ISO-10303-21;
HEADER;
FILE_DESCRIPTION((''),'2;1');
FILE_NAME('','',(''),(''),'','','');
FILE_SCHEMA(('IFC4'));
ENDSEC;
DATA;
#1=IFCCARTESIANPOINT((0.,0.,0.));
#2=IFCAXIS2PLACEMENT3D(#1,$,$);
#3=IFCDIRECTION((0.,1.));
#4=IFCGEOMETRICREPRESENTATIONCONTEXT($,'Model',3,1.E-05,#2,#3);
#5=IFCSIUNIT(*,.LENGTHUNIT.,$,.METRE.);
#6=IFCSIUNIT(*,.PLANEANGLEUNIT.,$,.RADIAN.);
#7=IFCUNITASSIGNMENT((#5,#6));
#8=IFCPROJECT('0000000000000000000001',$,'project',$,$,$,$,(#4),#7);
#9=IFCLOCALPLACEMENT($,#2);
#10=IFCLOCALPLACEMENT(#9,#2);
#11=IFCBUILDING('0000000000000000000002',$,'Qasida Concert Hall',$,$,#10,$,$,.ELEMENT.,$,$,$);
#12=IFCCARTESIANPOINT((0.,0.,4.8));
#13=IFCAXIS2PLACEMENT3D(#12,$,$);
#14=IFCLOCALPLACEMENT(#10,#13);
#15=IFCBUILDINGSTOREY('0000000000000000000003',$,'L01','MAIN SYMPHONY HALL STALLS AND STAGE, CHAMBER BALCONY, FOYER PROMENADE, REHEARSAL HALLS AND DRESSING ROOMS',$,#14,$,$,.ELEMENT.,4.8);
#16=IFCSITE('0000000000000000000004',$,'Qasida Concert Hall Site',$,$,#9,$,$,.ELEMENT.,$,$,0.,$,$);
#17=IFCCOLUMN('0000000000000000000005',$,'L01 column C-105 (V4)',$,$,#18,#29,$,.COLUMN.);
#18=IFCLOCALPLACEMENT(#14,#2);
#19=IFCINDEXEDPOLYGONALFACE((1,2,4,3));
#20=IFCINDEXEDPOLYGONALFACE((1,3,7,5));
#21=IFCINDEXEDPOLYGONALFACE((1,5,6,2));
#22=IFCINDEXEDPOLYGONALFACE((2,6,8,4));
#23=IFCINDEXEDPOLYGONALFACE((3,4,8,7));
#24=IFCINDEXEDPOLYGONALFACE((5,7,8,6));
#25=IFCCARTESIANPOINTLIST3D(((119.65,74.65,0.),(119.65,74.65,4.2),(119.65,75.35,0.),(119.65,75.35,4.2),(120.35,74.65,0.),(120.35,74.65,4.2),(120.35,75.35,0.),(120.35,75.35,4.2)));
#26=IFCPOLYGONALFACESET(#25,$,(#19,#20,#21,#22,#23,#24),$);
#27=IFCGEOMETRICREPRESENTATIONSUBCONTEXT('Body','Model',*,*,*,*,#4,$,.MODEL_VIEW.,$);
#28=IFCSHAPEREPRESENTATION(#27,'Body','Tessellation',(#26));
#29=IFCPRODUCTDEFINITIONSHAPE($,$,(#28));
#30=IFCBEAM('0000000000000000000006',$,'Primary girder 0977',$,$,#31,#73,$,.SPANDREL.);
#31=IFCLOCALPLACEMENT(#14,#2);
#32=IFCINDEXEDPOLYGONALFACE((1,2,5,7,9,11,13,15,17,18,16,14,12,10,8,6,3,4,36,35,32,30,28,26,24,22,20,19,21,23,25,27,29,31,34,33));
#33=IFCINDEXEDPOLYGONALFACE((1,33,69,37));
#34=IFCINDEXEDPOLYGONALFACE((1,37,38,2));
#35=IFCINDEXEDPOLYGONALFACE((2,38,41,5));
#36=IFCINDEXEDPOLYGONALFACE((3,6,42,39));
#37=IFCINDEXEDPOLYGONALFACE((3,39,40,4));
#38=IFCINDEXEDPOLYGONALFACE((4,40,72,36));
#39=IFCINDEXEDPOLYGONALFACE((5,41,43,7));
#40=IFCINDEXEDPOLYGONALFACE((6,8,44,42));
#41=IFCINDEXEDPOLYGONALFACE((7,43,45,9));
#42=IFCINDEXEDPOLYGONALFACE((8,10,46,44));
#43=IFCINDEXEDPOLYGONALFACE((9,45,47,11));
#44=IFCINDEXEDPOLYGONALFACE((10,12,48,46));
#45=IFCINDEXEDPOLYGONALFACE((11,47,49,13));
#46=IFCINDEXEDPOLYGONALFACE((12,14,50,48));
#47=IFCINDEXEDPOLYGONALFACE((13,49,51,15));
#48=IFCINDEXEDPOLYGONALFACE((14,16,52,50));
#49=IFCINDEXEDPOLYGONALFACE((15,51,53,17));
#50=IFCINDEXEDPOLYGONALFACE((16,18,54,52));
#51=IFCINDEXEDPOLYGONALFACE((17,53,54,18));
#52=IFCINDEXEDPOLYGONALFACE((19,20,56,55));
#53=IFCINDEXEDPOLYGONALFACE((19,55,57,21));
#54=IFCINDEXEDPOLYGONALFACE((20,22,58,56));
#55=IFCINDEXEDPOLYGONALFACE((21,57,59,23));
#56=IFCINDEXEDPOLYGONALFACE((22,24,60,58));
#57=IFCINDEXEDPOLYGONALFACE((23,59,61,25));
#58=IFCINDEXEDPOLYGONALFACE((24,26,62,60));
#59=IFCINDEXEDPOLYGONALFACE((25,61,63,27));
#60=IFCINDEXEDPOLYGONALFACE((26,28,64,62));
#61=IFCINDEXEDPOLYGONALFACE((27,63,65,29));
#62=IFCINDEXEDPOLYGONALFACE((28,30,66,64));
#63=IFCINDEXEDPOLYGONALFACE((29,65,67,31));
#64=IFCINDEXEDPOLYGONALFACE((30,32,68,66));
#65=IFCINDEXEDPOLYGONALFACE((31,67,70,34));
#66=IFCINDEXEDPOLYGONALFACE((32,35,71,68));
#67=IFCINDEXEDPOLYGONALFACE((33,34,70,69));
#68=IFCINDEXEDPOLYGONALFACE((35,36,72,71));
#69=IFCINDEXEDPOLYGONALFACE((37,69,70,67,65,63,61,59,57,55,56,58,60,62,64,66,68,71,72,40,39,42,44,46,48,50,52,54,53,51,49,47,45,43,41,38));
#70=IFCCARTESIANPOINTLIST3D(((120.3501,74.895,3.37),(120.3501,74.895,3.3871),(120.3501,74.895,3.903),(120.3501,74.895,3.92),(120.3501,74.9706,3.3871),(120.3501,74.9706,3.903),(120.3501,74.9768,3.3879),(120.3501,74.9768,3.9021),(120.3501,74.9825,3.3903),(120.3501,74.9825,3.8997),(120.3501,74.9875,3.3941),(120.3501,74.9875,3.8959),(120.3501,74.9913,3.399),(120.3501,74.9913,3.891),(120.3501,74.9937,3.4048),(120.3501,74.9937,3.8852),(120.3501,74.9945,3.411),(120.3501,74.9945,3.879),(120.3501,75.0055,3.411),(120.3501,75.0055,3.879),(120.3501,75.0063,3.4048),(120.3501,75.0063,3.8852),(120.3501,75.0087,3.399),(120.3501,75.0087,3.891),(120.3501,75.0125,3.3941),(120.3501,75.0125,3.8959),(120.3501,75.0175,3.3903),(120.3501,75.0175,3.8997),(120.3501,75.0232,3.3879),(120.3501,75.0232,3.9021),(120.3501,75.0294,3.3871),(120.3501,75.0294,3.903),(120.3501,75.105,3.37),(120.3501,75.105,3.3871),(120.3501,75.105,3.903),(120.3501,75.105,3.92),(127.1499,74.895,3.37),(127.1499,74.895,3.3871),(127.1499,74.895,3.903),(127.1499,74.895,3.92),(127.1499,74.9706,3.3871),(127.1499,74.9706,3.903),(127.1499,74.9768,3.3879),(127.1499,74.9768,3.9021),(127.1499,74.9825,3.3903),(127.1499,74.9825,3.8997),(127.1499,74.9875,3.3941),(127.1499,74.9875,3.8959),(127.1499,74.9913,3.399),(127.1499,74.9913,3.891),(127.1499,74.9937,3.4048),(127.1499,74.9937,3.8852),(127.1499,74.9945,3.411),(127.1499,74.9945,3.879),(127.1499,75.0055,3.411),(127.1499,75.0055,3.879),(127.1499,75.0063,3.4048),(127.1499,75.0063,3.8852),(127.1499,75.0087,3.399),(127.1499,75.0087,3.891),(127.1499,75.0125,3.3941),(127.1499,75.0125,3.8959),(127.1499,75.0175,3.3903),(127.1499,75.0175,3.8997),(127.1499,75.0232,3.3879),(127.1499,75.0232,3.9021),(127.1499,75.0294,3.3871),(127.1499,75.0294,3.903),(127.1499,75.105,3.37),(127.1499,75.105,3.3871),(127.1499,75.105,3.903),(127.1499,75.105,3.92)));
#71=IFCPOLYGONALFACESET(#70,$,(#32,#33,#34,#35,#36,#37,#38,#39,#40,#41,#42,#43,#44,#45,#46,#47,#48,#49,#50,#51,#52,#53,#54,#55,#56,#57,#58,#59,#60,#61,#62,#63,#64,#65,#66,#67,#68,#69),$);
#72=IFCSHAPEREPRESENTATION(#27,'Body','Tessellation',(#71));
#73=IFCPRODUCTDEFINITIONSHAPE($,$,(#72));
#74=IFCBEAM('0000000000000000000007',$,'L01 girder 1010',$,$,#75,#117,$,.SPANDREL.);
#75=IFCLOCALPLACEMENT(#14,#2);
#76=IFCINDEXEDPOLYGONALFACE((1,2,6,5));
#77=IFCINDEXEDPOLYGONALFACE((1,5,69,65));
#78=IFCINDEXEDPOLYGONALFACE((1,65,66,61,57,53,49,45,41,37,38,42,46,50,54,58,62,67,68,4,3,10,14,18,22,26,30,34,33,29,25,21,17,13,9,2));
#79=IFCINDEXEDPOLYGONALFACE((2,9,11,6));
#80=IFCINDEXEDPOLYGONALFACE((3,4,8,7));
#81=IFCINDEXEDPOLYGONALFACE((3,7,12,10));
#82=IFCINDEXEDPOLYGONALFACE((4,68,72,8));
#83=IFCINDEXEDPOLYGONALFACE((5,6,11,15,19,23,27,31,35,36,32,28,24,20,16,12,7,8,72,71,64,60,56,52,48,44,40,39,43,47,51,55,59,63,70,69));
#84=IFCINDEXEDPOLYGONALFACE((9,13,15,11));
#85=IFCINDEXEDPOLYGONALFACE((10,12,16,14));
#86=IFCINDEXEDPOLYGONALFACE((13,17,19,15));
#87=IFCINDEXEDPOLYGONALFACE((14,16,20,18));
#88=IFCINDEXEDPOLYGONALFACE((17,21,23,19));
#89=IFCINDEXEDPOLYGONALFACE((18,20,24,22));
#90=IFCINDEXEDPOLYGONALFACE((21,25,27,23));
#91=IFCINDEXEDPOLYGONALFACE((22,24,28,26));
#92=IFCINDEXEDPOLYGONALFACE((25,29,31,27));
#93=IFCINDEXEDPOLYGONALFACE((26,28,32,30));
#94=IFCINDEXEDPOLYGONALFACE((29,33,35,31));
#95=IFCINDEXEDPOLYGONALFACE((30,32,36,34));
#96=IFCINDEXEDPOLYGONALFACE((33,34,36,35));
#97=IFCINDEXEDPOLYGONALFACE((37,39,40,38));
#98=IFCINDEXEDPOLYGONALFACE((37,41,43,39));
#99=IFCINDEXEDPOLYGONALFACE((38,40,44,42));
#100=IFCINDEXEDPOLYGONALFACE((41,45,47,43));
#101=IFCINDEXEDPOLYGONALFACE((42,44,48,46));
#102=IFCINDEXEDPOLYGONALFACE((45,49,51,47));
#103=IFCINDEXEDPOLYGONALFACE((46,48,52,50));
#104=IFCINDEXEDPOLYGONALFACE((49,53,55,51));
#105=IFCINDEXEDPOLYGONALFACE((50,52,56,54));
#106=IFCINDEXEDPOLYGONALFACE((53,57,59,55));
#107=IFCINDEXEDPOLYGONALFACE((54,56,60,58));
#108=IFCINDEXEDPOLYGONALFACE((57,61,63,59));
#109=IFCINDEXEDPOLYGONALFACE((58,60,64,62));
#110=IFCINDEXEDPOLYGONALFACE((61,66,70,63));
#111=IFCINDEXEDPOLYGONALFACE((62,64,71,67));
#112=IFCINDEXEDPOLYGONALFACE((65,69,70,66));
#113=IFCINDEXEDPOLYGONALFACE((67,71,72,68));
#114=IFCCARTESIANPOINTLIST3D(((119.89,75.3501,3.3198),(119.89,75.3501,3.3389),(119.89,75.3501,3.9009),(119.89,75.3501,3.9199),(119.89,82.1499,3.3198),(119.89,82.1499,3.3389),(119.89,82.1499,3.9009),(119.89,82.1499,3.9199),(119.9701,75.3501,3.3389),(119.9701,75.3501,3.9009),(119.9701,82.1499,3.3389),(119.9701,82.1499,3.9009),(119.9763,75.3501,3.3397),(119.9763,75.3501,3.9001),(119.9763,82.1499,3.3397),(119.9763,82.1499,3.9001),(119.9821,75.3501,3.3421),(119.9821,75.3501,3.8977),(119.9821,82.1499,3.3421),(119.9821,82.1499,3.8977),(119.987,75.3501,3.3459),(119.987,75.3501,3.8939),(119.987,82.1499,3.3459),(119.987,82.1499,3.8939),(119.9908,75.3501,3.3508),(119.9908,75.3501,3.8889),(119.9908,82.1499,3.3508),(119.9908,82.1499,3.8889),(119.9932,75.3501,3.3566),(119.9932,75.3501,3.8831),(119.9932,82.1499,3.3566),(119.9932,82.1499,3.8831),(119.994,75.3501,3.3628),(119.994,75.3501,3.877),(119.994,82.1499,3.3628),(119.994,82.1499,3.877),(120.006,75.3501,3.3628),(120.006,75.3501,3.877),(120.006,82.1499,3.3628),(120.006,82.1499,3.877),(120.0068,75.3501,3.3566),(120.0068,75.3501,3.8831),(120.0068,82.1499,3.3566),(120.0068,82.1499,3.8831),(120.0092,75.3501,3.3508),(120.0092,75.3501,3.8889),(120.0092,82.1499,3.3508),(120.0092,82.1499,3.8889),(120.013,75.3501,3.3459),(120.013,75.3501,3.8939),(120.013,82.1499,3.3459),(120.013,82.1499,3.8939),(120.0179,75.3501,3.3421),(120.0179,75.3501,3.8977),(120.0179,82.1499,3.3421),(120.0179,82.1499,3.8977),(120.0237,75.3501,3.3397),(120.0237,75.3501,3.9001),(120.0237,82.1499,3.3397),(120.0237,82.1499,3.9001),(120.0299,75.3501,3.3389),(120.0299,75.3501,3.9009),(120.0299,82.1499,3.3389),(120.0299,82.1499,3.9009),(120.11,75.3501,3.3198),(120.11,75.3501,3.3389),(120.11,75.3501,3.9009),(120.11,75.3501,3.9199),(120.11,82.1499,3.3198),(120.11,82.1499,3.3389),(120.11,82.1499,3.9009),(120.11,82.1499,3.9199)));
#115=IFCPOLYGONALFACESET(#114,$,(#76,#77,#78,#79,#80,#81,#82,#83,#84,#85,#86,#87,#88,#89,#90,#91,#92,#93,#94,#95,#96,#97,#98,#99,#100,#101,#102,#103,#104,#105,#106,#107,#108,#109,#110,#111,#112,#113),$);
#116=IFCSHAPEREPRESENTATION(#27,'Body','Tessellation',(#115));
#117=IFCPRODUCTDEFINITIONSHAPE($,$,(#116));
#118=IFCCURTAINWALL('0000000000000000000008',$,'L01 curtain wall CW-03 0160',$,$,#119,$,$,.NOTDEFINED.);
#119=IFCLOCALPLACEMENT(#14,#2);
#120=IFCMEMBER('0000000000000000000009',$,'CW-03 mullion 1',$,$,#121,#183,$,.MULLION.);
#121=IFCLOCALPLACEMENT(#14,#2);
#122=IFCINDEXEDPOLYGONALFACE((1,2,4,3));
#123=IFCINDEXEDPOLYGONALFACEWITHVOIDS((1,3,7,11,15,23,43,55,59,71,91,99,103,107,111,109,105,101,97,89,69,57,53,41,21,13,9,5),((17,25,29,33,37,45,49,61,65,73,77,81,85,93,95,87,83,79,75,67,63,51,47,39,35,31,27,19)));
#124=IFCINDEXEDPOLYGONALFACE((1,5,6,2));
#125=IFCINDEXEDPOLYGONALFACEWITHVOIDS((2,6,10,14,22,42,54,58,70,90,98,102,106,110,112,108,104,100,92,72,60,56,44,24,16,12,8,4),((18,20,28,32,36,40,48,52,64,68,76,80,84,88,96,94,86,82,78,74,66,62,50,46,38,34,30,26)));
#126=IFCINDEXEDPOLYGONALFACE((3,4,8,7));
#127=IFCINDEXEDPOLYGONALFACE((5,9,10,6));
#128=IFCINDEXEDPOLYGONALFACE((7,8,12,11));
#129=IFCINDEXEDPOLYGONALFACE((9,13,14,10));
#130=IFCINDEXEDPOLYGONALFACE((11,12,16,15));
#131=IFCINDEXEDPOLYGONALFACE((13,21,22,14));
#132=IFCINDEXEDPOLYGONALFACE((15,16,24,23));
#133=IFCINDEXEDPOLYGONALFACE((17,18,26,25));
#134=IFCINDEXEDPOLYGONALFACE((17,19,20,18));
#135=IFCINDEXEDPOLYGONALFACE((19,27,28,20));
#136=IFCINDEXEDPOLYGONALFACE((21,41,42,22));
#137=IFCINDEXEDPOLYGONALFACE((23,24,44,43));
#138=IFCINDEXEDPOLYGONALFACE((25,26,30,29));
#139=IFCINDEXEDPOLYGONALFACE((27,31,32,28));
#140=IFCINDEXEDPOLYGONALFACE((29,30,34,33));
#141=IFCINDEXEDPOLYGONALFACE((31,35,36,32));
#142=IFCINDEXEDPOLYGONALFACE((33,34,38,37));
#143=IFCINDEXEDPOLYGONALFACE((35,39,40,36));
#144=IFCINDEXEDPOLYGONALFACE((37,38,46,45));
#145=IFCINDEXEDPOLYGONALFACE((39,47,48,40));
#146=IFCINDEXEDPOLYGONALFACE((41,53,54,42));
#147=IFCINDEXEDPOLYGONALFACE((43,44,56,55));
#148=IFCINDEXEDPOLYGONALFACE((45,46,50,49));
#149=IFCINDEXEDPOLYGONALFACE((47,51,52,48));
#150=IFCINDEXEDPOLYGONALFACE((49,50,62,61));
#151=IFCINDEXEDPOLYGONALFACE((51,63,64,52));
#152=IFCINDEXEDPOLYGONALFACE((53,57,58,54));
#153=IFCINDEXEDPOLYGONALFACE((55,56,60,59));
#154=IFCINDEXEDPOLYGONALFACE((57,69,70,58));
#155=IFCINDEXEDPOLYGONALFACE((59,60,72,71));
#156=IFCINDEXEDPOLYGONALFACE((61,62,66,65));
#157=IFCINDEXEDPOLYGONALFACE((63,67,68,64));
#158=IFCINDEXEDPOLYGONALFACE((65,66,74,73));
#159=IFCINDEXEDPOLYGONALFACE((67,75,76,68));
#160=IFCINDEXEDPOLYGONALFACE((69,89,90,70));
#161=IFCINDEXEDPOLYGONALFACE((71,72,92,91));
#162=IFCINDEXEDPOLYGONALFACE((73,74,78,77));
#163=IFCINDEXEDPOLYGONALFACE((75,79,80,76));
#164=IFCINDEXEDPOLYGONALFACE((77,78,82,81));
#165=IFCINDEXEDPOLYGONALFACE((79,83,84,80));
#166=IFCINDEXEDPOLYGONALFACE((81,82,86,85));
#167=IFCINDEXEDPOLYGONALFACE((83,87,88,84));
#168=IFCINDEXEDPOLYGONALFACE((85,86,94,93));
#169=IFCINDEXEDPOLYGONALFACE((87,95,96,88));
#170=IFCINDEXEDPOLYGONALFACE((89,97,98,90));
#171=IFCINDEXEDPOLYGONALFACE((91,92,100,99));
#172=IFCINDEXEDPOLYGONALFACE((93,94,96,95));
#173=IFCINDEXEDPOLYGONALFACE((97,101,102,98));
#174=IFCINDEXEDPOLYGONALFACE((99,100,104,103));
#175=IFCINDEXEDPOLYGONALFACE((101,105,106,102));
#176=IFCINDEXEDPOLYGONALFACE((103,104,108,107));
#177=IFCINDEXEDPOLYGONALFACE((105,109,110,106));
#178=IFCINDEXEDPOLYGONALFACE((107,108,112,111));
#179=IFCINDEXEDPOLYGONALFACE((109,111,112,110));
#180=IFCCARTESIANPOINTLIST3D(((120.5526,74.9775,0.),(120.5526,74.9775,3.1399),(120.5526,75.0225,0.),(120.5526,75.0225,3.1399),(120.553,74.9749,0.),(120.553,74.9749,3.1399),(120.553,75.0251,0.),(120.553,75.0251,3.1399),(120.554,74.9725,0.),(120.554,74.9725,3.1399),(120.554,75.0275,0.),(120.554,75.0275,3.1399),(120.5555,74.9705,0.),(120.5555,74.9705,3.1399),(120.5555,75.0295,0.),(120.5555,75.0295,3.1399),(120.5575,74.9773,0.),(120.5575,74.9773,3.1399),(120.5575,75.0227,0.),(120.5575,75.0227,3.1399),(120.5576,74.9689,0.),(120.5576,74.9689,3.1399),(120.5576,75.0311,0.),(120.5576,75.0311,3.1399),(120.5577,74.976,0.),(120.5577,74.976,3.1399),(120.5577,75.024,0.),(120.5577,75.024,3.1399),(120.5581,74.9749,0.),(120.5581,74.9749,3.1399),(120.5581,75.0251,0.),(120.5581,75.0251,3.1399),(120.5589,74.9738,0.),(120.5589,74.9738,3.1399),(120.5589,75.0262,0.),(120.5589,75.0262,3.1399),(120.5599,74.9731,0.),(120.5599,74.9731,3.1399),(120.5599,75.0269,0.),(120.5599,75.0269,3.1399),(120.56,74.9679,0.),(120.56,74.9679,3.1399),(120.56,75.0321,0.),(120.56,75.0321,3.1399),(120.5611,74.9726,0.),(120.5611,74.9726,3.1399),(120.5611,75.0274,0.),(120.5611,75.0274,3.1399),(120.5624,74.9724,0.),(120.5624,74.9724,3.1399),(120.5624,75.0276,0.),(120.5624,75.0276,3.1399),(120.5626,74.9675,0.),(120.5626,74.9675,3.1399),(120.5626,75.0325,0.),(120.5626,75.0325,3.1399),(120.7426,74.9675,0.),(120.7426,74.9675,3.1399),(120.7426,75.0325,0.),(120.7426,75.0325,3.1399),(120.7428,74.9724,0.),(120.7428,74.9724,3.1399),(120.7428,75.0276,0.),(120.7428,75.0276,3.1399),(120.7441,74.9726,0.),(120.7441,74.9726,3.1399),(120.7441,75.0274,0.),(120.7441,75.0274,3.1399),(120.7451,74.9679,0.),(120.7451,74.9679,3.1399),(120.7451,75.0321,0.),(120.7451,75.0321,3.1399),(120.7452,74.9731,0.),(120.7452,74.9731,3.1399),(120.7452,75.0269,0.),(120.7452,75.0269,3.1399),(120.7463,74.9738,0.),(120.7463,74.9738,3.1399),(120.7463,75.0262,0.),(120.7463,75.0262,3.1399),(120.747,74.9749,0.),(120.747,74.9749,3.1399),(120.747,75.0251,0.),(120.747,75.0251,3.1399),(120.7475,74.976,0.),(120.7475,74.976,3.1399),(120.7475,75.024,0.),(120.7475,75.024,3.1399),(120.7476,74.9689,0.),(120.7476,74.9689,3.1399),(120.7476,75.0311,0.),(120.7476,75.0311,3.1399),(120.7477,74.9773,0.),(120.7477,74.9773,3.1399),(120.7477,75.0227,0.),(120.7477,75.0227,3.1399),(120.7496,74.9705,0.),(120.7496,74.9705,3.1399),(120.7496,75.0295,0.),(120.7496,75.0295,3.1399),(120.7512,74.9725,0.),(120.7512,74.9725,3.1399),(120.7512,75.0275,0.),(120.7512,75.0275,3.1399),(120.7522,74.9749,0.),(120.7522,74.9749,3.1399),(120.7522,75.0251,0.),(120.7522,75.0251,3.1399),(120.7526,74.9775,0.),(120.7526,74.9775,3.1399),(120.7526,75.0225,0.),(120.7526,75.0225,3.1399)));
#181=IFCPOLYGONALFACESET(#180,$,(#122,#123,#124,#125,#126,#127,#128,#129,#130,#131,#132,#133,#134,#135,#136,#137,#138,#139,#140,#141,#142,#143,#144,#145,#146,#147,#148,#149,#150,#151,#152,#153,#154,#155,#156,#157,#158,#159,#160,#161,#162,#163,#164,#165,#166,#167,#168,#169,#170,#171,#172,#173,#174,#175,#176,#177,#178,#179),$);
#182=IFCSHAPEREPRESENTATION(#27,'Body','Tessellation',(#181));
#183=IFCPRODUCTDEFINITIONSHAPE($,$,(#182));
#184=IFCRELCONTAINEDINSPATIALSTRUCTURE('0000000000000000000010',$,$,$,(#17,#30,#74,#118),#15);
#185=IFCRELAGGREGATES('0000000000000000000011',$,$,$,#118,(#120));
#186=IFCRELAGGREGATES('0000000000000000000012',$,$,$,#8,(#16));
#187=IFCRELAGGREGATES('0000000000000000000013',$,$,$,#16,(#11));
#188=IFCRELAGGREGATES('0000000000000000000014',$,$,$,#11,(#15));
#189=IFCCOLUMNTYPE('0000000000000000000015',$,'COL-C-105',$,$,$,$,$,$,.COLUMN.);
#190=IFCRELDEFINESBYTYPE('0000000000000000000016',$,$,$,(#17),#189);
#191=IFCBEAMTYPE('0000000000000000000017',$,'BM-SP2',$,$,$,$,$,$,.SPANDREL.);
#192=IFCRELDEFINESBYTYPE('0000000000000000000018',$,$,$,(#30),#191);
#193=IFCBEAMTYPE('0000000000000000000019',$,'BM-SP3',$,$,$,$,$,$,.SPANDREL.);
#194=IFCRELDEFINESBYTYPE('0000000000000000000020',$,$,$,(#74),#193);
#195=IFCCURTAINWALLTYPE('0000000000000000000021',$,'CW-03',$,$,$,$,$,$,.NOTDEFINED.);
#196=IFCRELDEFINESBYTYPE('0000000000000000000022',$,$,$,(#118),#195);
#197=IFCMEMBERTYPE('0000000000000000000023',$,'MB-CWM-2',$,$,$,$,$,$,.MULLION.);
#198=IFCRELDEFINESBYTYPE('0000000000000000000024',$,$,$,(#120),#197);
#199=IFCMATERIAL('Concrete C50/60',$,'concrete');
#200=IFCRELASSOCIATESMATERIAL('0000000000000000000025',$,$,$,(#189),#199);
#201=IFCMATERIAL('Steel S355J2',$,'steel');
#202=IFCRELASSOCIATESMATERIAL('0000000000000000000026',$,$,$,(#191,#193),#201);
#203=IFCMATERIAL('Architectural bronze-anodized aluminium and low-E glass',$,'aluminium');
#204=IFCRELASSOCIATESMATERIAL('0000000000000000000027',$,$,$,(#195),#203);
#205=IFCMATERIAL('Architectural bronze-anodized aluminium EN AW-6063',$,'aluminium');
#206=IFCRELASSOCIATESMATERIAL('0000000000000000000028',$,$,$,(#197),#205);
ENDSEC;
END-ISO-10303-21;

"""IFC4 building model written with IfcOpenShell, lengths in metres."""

from ifc_helpers import new_model, si_unit, direction, frame, origin, origin_2d, place, context, subcontext, project, spatial, rectangle, hollow_rectangle, i_section, extrude, material, material_profile, profile_set, type_object, element, aggregate, save


model = new_model("IFC4")

# Units and contexts
model_context = context("Model", 3, precision=1e-05, world=origin(), true_north=direction((0.0, 1.0)))
body_context = subcontext(model_context, "Body", "Model", "MODEL_VIEW")
ifc_project = project(units=[si_unit("LENGTHUNIT", "METRE"), si_unit("PLANEANGLEUNIT", "RADIAN")], contexts=[model_context])

# Site, building, storey
site_placement = place(None, origin())
site = spatial("IfcSite", under=ifc_project, at=site_placement, Name="Qasida Concert Hall Site", CompositionType="ELEMENT", RefElevation=0.0)
building_placement = place(site_placement, origin())
building = spatial("IfcBuilding", under=site, at=building_placement, Name="Qasida Concert Hall", CompositionType="ELEMENT")
storey_placement = place(building_placement, frame((0.0, 0.0, 4.8)))
storey = spatial("IfcBuildingStorey", under=building, at=storey_placement, Name="L01", Description="MAIN SYMPHONY HALL STALLS AND STAGE, CHAMBER BALCONY, FOYER PROMENADE, REHEARSAL HALLS AND DRESSING ROOMS", CompositionType="ELEMENT", Elevation=4.8)

# Column
ifc_material_1 = material(Name="Concrete C50/60", Category="concrete")
ifc_material_profile_1 = material_profile(ifc_material_1, rectangle(XDim=0.7, YDim=0.7, at=origin_2d()), Name="RC 700x700")
ifc_profile_set_1 = profile_set([ifc_material_profile_1], Name="Concrete C50/60")
column_type = type_object("IfcColumnType", Name="COL-C-105", PredefinedType="COLUMN", material=ifc_profile_set_1)
column_placement = place(storey_placement, frame((120.0, 75.0, 0.0), z_axis=(0.0, 0.0, 1.0), x_axis=(1.0, 0.0, 0.0)))
element("IfcColumn", 1, at=column_placement, inside=storey, type_object=column_type, Name="L01 column C-105 (V4)", PredefinedType="COLUMN", context=body_context, shape_type="SweptSolid", body=[
    extrude(rectangle(XDim=0.7, YDim=0.7, at=origin_2d()), origin(), (0.0, 0.0, 1.0), 4.2),
])

# Beams
ifc_material_2 = material(Name="Steel S355J2", Category="steel")
ifc_material_profile_2 = material_profile(ifc_material_2, i_section(OverallWidth=0.21, OverallDepth=0.55, WebThickness=0.011, FlangeThickness=0.0171, FilletRadius=0.0239, at=origin_2d()), Name="IPE 550")
ifc_profile_set_2 = profile_set([ifc_material_profile_2], Name="Steel S355J2")
beam_type_1 = type_object("IfcBeamType", Name="BM-SP2", PredefinedType="SPANDREL", material=ifc_profile_set_2)
beam_1_placement = place(storey_placement, frame((120.3501, 75.0, 3.645), z_axis=(1.0, 0.0, 0.0), x_axis=(0.0, 1.0, 0.0)))
element("IfcBeam", 2, at=beam_1_placement, inside=storey, type_object=beam_type_1, Name="Primary girder 0977", PredefinedType="SPANDREL", context=body_context, shape_type="SweptSolid", body=[
    extrude(i_section(OverallWidth=0.21, OverallDepth=0.55, WebThickness=0.011, FlangeThickness=0.0171, FilletRadius=0.0239, at=origin_2d()), origin(), (0.0, 0.0, 1.0), 6.7998),
])
ifc_material_profile_3 = material_profile(ifc_material_2, i_section(OverallWidth=0.22, OverallDepth=0.6001, WebThickness=0.012, FlangeThickness=0.019, FilletRadius=0.0239, at=origin_2d()), Name="IPE 600")
ifc_profile_set_3 = profile_set([ifc_material_profile_3], Name="Steel S355J2")
beam_type_2 = type_object("IfcBeamType", Name="BM-SP3", PredefinedType="SPANDREL", material=ifc_profile_set_3)
beam_2_placement = place(storey_placement, frame((120.0, 75.3501, 3.6199), z_axis=(0.0, 1.0, 0.0), x_axis=(-1.0, 0.0, 0.0)))
element("IfcBeam", 3, at=beam_2_placement, inside=storey, type_object=beam_type_2, Name="L01 girder 1010", PredefinedType="SPANDREL", context=body_context, shape_type="SweptSolid", body=[
    extrude(i_section(OverallWidth=0.22, OverallDepth=0.6001, WebThickness=0.012, FlangeThickness=0.019, FilletRadius=0.0239, at=origin_2d()), origin(), (0.0, 0.0, 1.0), 6.7998),
])

# Curtain wall, member
ifc_material_3 = material(Name="Architectural bronze-anodized aluminium and low-E glass", Category="aluminium")
curtain_wall_type_1 = type_object("IfcCurtainWallType", Name="CW-03", PredefinedType="NOTDEFINED", material=ifc_material_3)
curtain_wall_1_placement = place(storey_placement, origin())
curtain_wall_1 = element("IfcCurtainWall", 4, at=curtain_wall_1_placement, inside=storey, type_object=curtain_wall_type_1, Name="L01 curtain wall CW-03 0160", PredefinedType="NOTDEFINED")
ifc_material_4 = material(Name="Architectural bronze-anodized aluminium EN AW-6063", Category="aluminium")
ifc_material_profile_4 = material_profile(ifc_material_4, hollow_rectangle(XDim=0.0649, YDim=0.2, WallThickness=0.0049, InnerFilletRadius=0.0049, OuterFilletRadius=0.01, at=origin_2d()), Name="CWM 200x65x5")
ifc_profile_set_4 = profile_set([ifc_material_profile_4], Name="Architectural bronze-anodized aluminium EN AW-6063")
member_type_1 = type_object("IfcMemberType", Name="MB-CWM-2", PredefinedType="MULLION", material=ifc_profile_set_4)
member_1_placement = place(storey_placement, frame((120.6526, 75.0, 0.0), z_axis=(0.0, 0.0, 1.0), x_axis=(0.0, 1.0, 0.0)))
member_1 = element("IfcMember", 5, at=member_1_placement, type_object=member_type_1, Name="CW-03 mullion 1", PredefinedType="MULLION", context=body_context, shape_type="SweptSolid", body=[
    extrude(hollow_rectangle(XDim=0.0649, YDim=0.2, WallThickness=0.0049, InnerFilletRadius=0.0049, OuterFilletRadius=0.01, at=origin_2d()), origin(), (0.0, 0.0, 1.0), 3.1399),
])

aggregate(curtain_wall_1, [member_1])

save(model, "model.ifc")
